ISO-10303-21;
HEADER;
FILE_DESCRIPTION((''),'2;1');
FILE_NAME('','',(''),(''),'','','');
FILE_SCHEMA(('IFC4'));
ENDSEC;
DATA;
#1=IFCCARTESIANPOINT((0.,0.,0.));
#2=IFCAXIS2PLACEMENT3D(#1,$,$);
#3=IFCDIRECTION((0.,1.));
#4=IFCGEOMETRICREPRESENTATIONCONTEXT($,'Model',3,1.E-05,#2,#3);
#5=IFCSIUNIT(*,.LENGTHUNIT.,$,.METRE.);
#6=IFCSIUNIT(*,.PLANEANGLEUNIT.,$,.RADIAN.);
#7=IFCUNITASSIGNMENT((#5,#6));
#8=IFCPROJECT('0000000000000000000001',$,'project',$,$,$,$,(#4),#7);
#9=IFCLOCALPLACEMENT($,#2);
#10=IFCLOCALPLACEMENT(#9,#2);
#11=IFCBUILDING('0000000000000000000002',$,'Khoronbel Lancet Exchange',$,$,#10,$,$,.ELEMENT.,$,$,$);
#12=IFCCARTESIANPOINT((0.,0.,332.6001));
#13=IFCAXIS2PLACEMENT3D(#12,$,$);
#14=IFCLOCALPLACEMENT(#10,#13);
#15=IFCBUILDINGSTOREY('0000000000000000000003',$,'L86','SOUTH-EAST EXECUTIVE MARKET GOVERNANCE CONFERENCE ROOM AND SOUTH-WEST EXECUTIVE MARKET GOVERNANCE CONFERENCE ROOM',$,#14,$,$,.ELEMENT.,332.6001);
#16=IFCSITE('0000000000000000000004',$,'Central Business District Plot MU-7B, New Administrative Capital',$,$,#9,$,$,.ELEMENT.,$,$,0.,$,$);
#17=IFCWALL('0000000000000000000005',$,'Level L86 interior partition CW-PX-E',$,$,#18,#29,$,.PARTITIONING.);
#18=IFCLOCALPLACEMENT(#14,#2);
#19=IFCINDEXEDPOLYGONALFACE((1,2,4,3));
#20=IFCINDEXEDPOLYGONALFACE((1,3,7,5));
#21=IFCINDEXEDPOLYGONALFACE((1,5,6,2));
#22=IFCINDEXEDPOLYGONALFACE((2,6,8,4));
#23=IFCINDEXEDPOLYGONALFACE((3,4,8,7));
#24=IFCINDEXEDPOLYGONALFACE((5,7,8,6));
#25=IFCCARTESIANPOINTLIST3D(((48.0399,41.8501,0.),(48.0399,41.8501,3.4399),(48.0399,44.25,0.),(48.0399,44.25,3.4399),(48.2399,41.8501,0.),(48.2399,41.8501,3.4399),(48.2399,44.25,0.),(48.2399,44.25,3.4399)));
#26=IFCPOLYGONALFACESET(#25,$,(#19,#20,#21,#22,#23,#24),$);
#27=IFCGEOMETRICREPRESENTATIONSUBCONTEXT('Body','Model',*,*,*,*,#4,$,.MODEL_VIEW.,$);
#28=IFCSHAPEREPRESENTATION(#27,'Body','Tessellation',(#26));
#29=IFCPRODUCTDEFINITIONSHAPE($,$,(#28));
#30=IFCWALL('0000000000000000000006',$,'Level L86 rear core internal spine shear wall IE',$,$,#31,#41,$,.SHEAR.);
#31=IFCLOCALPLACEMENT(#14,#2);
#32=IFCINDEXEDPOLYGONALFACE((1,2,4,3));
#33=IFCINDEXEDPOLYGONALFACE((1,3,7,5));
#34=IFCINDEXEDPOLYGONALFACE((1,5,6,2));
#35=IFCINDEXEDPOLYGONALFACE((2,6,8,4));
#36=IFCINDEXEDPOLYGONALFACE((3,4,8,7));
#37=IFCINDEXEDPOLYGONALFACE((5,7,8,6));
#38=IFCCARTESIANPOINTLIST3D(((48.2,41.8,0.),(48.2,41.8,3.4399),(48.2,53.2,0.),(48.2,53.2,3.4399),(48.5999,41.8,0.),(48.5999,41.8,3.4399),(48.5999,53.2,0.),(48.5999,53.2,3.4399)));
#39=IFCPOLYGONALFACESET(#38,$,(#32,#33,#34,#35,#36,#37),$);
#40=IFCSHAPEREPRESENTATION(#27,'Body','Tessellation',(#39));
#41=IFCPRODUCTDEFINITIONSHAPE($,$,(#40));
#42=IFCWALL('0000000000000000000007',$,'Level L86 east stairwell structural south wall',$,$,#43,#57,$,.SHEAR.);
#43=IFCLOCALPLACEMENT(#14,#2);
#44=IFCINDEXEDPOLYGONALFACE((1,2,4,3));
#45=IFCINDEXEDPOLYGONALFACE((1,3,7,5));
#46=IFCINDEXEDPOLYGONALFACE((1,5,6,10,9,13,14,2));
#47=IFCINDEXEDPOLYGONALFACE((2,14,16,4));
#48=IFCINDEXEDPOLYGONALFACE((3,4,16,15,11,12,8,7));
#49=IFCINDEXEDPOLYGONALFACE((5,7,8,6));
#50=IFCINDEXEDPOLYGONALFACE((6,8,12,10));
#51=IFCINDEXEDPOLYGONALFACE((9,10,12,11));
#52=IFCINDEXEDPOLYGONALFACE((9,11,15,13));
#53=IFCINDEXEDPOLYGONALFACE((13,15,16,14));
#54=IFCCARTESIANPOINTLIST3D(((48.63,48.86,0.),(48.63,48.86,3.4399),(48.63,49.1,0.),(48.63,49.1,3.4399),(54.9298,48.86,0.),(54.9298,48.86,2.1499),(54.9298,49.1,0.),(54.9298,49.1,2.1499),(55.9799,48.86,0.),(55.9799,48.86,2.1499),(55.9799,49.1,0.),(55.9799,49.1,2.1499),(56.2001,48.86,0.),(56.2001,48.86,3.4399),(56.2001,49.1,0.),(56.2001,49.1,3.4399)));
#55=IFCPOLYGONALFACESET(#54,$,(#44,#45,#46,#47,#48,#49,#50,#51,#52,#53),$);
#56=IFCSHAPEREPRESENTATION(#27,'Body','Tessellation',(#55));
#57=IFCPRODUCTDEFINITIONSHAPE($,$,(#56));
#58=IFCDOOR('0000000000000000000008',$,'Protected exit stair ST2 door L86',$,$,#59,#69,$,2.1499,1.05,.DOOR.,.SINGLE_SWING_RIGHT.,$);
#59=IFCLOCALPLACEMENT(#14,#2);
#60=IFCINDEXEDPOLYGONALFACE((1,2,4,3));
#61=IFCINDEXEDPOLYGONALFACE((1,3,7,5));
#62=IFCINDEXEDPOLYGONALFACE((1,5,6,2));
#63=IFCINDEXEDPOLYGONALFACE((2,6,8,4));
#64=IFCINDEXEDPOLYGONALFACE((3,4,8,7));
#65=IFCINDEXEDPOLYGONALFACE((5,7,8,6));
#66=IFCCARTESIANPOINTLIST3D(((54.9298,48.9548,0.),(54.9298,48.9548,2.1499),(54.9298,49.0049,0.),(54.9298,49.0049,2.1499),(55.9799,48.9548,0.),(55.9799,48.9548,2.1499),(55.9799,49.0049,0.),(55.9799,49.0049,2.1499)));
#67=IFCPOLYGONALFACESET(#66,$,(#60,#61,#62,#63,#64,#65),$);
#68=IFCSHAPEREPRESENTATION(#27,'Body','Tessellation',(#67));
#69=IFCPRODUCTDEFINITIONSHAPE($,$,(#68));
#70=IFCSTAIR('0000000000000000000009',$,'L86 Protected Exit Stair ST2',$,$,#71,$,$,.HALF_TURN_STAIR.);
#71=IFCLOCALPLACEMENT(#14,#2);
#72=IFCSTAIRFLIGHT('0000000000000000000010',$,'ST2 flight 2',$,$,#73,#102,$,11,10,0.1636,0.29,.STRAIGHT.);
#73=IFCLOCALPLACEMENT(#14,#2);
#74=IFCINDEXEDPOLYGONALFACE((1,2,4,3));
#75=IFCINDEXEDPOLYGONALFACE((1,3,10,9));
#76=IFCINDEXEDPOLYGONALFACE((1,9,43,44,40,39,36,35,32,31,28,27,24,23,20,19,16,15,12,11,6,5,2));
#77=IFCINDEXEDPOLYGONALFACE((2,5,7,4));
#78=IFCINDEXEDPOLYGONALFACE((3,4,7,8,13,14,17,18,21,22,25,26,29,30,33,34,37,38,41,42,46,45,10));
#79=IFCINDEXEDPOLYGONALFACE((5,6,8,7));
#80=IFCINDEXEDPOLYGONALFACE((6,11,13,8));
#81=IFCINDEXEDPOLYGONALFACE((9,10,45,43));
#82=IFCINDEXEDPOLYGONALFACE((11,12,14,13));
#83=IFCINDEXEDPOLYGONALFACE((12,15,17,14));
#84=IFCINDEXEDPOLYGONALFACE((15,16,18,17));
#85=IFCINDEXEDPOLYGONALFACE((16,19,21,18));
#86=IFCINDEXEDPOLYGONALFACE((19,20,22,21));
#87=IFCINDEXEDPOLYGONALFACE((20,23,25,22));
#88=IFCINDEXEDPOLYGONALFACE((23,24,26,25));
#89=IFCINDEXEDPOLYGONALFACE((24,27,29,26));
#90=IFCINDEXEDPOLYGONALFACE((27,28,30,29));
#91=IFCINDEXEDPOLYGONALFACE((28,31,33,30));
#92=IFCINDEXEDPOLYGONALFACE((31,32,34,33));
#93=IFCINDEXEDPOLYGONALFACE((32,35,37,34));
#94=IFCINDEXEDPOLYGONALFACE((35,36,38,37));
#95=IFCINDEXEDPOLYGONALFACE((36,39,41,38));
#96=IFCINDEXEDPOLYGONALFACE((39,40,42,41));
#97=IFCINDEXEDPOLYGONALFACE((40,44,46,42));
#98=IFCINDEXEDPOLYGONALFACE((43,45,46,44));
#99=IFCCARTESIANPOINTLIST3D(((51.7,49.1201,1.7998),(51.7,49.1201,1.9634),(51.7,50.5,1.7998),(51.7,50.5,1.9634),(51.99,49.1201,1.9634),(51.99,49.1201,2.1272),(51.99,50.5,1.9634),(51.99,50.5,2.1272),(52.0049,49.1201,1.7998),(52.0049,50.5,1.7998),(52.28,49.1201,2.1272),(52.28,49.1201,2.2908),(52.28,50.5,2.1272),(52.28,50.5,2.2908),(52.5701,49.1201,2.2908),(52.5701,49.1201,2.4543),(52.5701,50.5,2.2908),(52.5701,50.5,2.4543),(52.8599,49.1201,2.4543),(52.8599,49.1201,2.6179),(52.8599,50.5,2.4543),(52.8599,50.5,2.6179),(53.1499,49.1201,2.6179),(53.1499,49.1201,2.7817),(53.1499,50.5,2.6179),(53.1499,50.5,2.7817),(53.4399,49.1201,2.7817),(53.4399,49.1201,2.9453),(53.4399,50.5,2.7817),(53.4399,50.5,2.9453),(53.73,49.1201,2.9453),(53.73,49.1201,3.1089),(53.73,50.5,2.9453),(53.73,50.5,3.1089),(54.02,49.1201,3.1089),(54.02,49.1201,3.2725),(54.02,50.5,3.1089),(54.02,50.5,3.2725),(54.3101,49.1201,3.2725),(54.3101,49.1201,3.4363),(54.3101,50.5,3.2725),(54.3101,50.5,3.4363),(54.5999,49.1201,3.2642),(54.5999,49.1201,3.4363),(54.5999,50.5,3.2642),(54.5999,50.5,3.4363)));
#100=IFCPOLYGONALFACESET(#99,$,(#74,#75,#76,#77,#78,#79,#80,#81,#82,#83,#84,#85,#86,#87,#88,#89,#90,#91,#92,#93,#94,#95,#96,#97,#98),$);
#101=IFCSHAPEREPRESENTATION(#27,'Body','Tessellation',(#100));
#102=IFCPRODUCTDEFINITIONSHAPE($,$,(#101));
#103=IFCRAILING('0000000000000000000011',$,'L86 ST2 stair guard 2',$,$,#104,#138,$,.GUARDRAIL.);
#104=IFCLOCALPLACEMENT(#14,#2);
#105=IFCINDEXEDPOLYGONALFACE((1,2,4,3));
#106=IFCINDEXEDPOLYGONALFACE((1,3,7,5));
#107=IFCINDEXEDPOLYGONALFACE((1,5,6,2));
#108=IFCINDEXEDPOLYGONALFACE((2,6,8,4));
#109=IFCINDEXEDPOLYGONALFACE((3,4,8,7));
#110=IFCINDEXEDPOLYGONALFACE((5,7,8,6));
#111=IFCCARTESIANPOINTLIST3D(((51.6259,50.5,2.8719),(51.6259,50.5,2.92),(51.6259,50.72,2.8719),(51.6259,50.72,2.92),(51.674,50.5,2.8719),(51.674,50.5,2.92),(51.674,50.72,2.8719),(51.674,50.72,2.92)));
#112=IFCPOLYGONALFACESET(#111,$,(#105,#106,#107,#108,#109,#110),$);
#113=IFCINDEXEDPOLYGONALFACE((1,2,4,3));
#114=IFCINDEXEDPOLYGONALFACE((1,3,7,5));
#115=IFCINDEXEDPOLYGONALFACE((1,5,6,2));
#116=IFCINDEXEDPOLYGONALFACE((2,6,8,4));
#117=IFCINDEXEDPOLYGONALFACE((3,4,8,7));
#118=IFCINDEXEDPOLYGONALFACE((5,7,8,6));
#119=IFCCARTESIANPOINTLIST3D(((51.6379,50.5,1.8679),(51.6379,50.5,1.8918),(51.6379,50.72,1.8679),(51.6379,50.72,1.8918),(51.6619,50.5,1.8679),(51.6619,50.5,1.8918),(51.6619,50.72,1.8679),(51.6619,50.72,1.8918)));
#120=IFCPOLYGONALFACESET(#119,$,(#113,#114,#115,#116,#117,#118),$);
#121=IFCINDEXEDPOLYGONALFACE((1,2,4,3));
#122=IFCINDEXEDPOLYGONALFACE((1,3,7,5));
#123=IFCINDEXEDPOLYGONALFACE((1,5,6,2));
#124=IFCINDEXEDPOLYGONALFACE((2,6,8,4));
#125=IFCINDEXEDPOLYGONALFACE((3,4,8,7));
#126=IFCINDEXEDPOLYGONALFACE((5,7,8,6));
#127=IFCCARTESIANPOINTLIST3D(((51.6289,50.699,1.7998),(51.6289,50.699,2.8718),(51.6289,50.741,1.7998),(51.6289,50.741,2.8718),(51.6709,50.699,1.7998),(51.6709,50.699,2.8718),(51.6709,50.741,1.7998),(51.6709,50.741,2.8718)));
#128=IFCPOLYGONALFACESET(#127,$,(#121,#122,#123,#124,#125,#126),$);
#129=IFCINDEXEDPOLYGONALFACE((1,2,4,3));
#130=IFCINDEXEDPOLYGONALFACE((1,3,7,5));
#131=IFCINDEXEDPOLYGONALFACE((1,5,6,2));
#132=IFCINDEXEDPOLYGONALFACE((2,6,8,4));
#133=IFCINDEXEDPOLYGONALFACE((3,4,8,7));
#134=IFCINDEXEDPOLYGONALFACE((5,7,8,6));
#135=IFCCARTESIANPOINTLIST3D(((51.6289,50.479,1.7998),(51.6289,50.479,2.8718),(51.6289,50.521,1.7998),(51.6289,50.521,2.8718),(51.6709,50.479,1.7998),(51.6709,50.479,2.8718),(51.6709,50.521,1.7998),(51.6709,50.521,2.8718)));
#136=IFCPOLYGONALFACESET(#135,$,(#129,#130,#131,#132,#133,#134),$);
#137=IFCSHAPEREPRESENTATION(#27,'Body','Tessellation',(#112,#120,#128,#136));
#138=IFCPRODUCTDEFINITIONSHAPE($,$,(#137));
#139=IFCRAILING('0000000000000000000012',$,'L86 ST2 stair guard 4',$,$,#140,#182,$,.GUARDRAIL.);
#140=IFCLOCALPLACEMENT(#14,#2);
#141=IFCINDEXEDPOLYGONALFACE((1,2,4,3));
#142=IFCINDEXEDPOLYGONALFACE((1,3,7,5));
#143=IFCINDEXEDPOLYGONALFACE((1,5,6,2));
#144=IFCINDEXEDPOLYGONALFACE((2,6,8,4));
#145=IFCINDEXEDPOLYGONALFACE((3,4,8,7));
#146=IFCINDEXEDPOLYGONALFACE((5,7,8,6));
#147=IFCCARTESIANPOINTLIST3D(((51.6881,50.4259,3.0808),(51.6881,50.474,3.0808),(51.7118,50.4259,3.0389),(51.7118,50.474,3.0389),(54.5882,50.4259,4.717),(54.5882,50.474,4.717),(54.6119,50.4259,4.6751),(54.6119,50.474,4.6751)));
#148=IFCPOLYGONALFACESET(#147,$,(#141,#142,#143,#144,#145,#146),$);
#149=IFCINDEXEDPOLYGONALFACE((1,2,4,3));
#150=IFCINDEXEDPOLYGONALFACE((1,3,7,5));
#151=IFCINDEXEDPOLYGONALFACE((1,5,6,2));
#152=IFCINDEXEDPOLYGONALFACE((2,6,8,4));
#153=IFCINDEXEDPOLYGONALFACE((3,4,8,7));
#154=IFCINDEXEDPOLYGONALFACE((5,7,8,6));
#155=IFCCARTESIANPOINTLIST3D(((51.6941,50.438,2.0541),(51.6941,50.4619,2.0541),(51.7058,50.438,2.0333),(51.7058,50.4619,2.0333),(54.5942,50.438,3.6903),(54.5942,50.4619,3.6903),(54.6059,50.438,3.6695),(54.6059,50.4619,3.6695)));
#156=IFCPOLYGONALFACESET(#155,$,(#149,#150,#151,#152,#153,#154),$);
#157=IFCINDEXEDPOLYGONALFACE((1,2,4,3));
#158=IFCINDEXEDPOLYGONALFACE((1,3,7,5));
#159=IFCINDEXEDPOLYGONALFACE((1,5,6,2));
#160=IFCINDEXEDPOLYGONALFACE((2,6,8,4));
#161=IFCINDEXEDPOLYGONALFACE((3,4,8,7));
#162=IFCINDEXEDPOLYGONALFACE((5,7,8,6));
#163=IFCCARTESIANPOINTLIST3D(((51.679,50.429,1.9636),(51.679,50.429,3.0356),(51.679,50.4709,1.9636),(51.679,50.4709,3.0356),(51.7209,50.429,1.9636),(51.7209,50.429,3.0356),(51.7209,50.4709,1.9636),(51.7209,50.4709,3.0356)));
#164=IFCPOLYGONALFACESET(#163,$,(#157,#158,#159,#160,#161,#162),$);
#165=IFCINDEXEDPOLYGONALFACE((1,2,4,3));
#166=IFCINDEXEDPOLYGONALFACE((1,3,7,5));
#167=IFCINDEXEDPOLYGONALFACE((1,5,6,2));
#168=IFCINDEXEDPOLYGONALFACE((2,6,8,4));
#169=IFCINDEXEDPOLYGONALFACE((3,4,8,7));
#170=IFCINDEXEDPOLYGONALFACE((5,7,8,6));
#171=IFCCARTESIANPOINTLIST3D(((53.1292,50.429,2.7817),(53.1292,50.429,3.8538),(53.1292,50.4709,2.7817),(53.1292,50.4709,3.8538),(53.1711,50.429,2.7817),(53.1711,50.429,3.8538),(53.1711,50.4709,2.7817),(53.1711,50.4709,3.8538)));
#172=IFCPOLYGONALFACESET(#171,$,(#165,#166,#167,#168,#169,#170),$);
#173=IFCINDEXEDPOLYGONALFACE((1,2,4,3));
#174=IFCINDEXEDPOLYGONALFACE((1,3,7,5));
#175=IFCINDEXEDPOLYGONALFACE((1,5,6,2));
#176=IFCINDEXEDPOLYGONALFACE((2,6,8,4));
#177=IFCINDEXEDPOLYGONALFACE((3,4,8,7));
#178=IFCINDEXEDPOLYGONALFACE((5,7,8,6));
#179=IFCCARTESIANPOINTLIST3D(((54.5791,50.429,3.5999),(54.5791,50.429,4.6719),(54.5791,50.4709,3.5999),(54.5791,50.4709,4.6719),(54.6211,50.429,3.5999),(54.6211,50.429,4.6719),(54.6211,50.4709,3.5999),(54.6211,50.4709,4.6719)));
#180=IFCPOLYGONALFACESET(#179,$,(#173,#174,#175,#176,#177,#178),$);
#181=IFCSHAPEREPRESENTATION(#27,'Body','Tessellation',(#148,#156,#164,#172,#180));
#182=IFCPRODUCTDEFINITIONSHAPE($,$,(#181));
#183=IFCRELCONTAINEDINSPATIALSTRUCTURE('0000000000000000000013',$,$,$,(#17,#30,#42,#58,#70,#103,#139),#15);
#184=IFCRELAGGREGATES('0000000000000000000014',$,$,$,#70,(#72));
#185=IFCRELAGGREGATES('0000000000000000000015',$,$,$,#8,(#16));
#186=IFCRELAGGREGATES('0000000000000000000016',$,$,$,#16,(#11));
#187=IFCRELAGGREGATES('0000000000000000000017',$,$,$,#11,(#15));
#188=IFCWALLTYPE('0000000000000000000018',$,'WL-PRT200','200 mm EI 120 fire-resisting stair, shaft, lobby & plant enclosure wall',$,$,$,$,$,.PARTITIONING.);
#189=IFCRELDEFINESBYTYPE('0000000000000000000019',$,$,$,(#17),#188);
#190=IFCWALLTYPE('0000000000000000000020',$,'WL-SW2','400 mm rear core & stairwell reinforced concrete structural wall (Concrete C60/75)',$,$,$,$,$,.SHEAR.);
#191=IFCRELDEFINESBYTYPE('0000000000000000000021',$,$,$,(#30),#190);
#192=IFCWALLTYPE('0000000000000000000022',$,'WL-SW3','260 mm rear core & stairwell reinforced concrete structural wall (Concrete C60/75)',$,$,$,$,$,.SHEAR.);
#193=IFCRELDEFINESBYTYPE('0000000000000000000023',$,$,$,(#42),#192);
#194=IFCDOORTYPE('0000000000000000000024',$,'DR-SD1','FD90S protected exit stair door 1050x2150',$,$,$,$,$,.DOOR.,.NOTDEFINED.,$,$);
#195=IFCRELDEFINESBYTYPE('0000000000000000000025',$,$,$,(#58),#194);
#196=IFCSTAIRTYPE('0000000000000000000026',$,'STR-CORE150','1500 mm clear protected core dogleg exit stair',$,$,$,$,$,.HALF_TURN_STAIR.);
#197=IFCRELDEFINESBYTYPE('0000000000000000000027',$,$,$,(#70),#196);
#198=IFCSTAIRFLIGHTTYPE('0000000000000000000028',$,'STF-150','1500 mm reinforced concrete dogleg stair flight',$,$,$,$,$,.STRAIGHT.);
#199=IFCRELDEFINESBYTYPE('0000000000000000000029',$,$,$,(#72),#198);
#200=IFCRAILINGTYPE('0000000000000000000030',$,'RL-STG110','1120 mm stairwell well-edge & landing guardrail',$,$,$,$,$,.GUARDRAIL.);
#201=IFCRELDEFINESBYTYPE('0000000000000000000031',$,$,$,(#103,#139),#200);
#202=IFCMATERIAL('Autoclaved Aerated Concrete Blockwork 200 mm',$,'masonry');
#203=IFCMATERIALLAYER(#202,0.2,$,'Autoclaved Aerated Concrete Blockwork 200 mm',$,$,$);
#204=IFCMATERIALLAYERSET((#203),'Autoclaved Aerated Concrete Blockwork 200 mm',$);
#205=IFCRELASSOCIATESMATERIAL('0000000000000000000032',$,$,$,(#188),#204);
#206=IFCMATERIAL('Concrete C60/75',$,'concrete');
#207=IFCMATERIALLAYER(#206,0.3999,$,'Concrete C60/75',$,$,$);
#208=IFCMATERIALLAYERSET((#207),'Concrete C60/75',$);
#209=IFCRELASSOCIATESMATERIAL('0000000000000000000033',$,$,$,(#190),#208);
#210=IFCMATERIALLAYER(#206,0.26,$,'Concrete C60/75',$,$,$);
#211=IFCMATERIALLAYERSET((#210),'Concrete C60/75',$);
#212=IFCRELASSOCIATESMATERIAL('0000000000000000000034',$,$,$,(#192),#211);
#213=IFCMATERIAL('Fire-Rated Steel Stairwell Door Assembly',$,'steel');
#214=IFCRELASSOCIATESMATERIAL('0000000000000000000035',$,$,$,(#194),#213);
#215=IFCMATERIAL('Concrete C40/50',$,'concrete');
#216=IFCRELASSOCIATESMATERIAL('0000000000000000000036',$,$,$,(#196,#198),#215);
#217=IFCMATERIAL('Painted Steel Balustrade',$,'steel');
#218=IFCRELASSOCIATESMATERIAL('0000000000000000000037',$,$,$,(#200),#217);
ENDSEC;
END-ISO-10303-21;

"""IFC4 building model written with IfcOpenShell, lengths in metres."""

from ifc_helpers import new_model, si_unit, direction, frame, frame_2d, origin, origin_2d, place, context, subcontext, project, spatial, polyline, rectangle, outline, extrude, material, layer, layer_set, type_object, element, fill, aggregate, save


model = new_model("IFC4")

# Units and contexts
model_context = context("Model", 3, precision=1e-05, world=origin(), true_north=direction((0.0, 1.0)))
body_context = subcontext(model_context, "Body", "Model", "MODEL_VIEW")
ifc_project = project(units=[si_unit("LENGTHUNIT", "METRE"), si_unit("PLANEANGLEUNIT", "RADIAN")], contexts=[model_context])

# Site, building, storey
site_placement = place(None, origin())
site = spatial("IfcSite", under=ifc_project, at=site_placement, Name="Central Business District Plot MU-7B, New Administrative Capital", CompositionType="ELEMENT", RefElevation=0.0)
building_placement = place(site_placement, origin())
building = spatial("IfcBuilding", under=site, at=building_placement, Name="Khoronbel Lancet Exchange", CompositionType="ELEMENT")
storey_placement = place(building_placement, frame((0.0, 0.0, 332.6001)))
storey = spatial("IfcBuildingStorey", under=building, at=storey_placement, Name="L86", Description="SOUTH-EAST EXECUTIVE MARKET GOVERNANCE CONFERENCE ROOM AND SOUTH-WEST EXECUTIVE MARKET GOVERNANCE CONFERENCE ROOM", CompositionType="ELEMENT", Elevation=332.6001)

# Shared definitions
ifc_material_1 = material(Name="Autoclaved Aerated Concrete Blockwork 200 mm", Category="masonry")
ifc_layer_1 = layer(ifc_material_1, 0.2, Name="Autoclaved Aerated Concrete Blockwork 200 mm")
ifc_layer_set_1 = layer_set([ifc_layer_1], Name="Autoclaved Aerated Concrete Blockwork 200 mm")
wall_type_1 = type_object("IfcWallType", Name="WL-PRT200", Description="200 mm EI 120 fire-resisting stair, shaft, lobby & plant enclosure wall", PredefinedType="PARTITIONING", material=ifc_layer_set_1)

# Walls
for number, where, z_axis, x_axis, name in (
    (1, (48.1399, 41.8501, 0.0), (0.0, 0.0, 1.0), (0.0, 1.0, 0.0), "Level L86 interior partition CW-PX-E"),
):
    element("IfcWall", number, at=place(storey_placement, frame(where, z_axis=z_axis, x_axis=x_axis)), inside=storey, type_object=wall_type_1, Name=name, PredefinedType="PARTITIONING", context=body_context, shape_type="SweptSolid", body=[
        extrude(rectangle(XDim=2.3999, YDim=0.2, at=frame_2d((1.2, 0.0))), origin(), (0.0, 0.0, 1.0), 3.4399),
    ])
ifc_material_2 = material(Name="Concrete C60/75", Category="concrete")
ifc_layer_2 = layer(ifc_material_2, 0.3999, Name="Concrete C60/75")
ifc_layer_set_2 = layer_set([ifc_layer_2], Name="Concrete C60/75")
wall_type_2 = type_object("IfcWallType", Name="WL-SW2", Description="400 mm rear core & stairwell reinforced concrete structural wall (Concrete C60/75)", PredefinedType="SHEAR", material=ifc_layer_set_2)
wall_1_placement = place(storey_placement, frame((48.3999, 41.8, 0.0), z_axis=(0.0, 0.0, 1.0), x_axis=(0.0, 1.0, 0.0)))
element("IfcWall", 2, at=wall_1_placement, inside=storey, type_object=wall_type_2, Name="Level L86 rear core internal spine shear wall IE", PredefinedType="SHEAR", context=body_context, shape_type="SweptSolid", body=[
    extrude(rectangle(XDim=11.3999, YDim=0.3999, at=frame_2d((5.7, 0.0))), origin(), (0.0, 0.0, 1.0), 3.4399),
])

# Wall, opening, door
ifc_layer_3 = layer(ifc_material_2, 0.26, Name="Concrete C60/75")
ifc_layer_set_3 = layer_set([ifc_layer_3], Name="Concrete C60/75")
wall_type_3 = type_object("IfcWallType", Name="WL-SW3", Description="260 mm rear core & stairwell reinforced concrete structural wall (Concrete C60/75)", PredefinedType="SHEAR", material=ifc_layer_set_3)
wall_2_placement = place(storey_placement, frame((48.6299, 48.98, 0.0), z_axis=(0.0, 0.0, 1.0), x_axis=(1.0, 0.0, 0.0)))
wall_2 = element("IfcWall", 3, at=wall_2_placement, inside=storey, type_object=wall_type_3, Name="Level L86 east stairwell structural south wall", PredefinedType="SHEAR", context=body_context, shape_type="SweptSolid", body=[
    extrude(rectangle(XDim=7.5701, YDim=0.24, at=frame_2d((3.7852, 0.0))), origin(), (0.0, 0.0, 1.0), 3.4399),
])
opening_1_placement = place(wall_2_placement, frame((6.3, 0.0, 0.0)))
opening_1 = element("IfcOpeningElement", 4, at=opening_1_placement, cuts=wall_2, PredefinedType="OPENING", context=body_context, shape_type="SweptSolid", body=[
    extrude(rectangle(XDim=1.05, YDim=2.1499, at=frame_2d((0.5249, 1.075))), frame((0.0, 0.1299, 0.0), z_axis=(0.0, -1.0, 0.0), x_axis=(1.0, 0.0, 0.0)), (0.0, 0.0, 1.0), 0.26),
])
ifc_material_3 = material(Name="Fire-Rated Steel Stairwell Door Assembly", Category="steel")
door_type_1 = type_object("IfcDoorType", Name="DR-SD1", Description="FD90S protected exit stair door 1050x2150", OperationType="NOTDEFINED", PredefinedType="DOOR", material=ifc_material_3)
door_1_placement = place(opening_1_placement, origin())
door_1 = element("IfcDoor", 5, at=door_1_placement, inside=storey, type_object=door_type_1, Name="Protected exit stair ST2 door L86", OperationType="SINGLE_SWING_RIGHT", OverallHeight=2.1499, OverallWidth=1.05, PredefinedType="DOOR", context=body_context, shape_type="SweptSolid", body=[
    extrude(rectangle(XDim=1.05, YDim=2.1499, at=frame_2d((0.5249, 1.075))), frame((0.0, 0.0249, 0.0), z_axis=(0.0, -1.0, 0.0), x_axis=(1.0, 0.0, 0.0)), (0.0, 0.0, 1.0), 0.05),
])
fill(opening_1, door_1)

# Stair, stair flight
ifc_material_4 = material(Name="Concrete C40/50", Category="concrete")
stair_type = type_object("IfcStairType", Name="STR-CORE150", Description="1500 mm clear protected core dogleg exit stair", PredefinedType="HALF_TURN_STAIR", material=ifc_material_4)
stair_placement = place(storey_placement, origin())
stair = element("IfcStair", 6, at=stair_placement, inside=storey, type_object=stair_type, Name="L86 Protected Exit Stair ST2", PredefinedType="HALF_TURN_STAIR")
stair_flight_type = type_object("IfcStairFlightType", Name="STF-150", Description="1500 mm reinforced concrete dogleg stair flight", PredefinedType="STRAIGHT", material=ifc_material_4)
stair_flight_placement = place(storey_placement, frame((51.7, 49.8101, 1.7998), z_axis=(0.0, 0.0, 1.0), x_axis=(1.0, 0.0, 0.0)))
stair_flight = element("IfcStairFlight", 7, at=stair_flight_placement, type_object=stair_flight_type, Name="ST2 flight 2", NumberOfRisers=11, NumberOfTreads=10, PredefinedType="STRAIGHT", RiserHeight=0.1636, TreadLength=0.29, context=body_context, shape_type="SweptSolid", body=[
    extrude(outline(polyline([(0.0, 0.0), (0.0, 0.1636), (0.29, 0.1636), (0.29, 0.3274), (0.5801, 0.3274), (0.5801, 0.491), (0.8701, 0.491), (0.8701, 0.6545), (1.1599, 0.6545), (1.1599, 0.8181), (1.45, 0.8181), (1.45, 0.9819), (1.74, 0.9819), (1.74, 1.1455), (2.03, 1.1455), (2.03, 1.3091), (2.3201, 1.3091), (2.3201, 1.4727), (2.6101, 1.4727), (2.6101, 1.6365), (2.8999, 1.6365), (2.8999, 1.8), (2.8999, 1.4644), (0.3049, 0.0), (0.0, 0.0)])), frame((0.0, 0.6899, 0.0), z_axis=(0.0, -1.0, 0.0), x_axis=(1.0, 0.0, 0.0)), (0.0, 0.0, 1.0), 1.3799),
])
aggregate(stair, [stair_flight])

# Railings
ifc_material_5 = material(Name="Painted Steel Balustrade", Category="steel")
railing_type_1 = type_object("IfcRailingType", Name="RL-STG110", Description="1120 mm stairwell well-edge & landing guardrail", PredefinedType="GUARDRAIL", material=ifc_material_5)
railing_1_placement = place(storey_placement, frame((51.6499, 50.72, 1.7998)))
element("IfcRailing", 8, at=railing_1_placement, inside=storey, type_object=railing_type_1, Name="L86 ST2 stair guard 2", PredefinedType="GUARDRAIL", context=body_context, shape_type="SweptSolid", body=[
    extrude(rectangle(XDim=0.0481, YDim=0.0481, at=origin_2d()), frame((0.0, 0.0, 1.0962), z_axis=(0.0, -1.0, 0.0), x_axis=(1.0, 0.0, 0.0)), (0.0, 0.0, 1.0), 0.22),
    extrude(rectangle(XDim=0.0239, YDim=0.0239, at=origin_2d()), frame((0.0, 0.0, 0.0801), z_axis=(0.0, -1.0, 0.0), x_axis=(1.0, 0.0, 0.0)), (0.0, 0.0, 1.0), 0.22),
    extrude(rectangle(XDim=0.042, YDim=0.042, at=origin_2d()), origin(), (0.0, 0.0, 1.0), 1.072),
    extrude(rectangle(XDim=0.042, YDim=0.042, at=origin_2d()), frame((0.0, -0.22, 0.0)), (0.0, 0.0, 1.0), 1.072),
])
railing_2_placement = place(storey_placement, frame((51.7, 50.45, 1.9636)))
element("IfcRailing", 9, at=railing_2_placement, inside=storey, type_object=railing_type_1, Name="L86 ST2 stair guard 4", PredefinedType="GUARDRAIL", context=body_context, shape_type="SweptSolid", body=[
    extrude(rectangle(XDim=0.0481, YDim=0.0481, at=origin_2d()), frame((0.0, 0.0, 1.0962), z_axis=(0.870946, 0.0, 0.491378), x_axis=(0.0, 1.0, 0.0)), (0.0, 0.0, 1.0), 3.3298),
    extrude(rectangle(XDim=0.0239, YDim=0.0239, at=origin_2d()), frame((0.0, 0.0, 0.0801), z_axis=(0.870946, 0.0, 0.491378), x_axis=(0.0, 1.0, 0.0)), (0.0, 0.0, 1.0), 3.3298),
    extrude(rectangle(XDim=0.042, YDim=0.042, at=origin_2d()), origin(), (0.0, 0.0, 1.0), 1.072),
    extrude(rectangle(XDim=0.042, YDim=0.042, at=origin_2d()), frame((1.4502, 0.0, 0.8181)), (0.0, 0.0, 1.0), 1.072),
    extrude(rectangle(XDim=0.042, YDim=0.042, at=origin_2d()), frame((2.9001, 0.0, 1.6362)), (0.0, 0.0, 1.0), 1.072),
])

save(model, "model.ifc")
